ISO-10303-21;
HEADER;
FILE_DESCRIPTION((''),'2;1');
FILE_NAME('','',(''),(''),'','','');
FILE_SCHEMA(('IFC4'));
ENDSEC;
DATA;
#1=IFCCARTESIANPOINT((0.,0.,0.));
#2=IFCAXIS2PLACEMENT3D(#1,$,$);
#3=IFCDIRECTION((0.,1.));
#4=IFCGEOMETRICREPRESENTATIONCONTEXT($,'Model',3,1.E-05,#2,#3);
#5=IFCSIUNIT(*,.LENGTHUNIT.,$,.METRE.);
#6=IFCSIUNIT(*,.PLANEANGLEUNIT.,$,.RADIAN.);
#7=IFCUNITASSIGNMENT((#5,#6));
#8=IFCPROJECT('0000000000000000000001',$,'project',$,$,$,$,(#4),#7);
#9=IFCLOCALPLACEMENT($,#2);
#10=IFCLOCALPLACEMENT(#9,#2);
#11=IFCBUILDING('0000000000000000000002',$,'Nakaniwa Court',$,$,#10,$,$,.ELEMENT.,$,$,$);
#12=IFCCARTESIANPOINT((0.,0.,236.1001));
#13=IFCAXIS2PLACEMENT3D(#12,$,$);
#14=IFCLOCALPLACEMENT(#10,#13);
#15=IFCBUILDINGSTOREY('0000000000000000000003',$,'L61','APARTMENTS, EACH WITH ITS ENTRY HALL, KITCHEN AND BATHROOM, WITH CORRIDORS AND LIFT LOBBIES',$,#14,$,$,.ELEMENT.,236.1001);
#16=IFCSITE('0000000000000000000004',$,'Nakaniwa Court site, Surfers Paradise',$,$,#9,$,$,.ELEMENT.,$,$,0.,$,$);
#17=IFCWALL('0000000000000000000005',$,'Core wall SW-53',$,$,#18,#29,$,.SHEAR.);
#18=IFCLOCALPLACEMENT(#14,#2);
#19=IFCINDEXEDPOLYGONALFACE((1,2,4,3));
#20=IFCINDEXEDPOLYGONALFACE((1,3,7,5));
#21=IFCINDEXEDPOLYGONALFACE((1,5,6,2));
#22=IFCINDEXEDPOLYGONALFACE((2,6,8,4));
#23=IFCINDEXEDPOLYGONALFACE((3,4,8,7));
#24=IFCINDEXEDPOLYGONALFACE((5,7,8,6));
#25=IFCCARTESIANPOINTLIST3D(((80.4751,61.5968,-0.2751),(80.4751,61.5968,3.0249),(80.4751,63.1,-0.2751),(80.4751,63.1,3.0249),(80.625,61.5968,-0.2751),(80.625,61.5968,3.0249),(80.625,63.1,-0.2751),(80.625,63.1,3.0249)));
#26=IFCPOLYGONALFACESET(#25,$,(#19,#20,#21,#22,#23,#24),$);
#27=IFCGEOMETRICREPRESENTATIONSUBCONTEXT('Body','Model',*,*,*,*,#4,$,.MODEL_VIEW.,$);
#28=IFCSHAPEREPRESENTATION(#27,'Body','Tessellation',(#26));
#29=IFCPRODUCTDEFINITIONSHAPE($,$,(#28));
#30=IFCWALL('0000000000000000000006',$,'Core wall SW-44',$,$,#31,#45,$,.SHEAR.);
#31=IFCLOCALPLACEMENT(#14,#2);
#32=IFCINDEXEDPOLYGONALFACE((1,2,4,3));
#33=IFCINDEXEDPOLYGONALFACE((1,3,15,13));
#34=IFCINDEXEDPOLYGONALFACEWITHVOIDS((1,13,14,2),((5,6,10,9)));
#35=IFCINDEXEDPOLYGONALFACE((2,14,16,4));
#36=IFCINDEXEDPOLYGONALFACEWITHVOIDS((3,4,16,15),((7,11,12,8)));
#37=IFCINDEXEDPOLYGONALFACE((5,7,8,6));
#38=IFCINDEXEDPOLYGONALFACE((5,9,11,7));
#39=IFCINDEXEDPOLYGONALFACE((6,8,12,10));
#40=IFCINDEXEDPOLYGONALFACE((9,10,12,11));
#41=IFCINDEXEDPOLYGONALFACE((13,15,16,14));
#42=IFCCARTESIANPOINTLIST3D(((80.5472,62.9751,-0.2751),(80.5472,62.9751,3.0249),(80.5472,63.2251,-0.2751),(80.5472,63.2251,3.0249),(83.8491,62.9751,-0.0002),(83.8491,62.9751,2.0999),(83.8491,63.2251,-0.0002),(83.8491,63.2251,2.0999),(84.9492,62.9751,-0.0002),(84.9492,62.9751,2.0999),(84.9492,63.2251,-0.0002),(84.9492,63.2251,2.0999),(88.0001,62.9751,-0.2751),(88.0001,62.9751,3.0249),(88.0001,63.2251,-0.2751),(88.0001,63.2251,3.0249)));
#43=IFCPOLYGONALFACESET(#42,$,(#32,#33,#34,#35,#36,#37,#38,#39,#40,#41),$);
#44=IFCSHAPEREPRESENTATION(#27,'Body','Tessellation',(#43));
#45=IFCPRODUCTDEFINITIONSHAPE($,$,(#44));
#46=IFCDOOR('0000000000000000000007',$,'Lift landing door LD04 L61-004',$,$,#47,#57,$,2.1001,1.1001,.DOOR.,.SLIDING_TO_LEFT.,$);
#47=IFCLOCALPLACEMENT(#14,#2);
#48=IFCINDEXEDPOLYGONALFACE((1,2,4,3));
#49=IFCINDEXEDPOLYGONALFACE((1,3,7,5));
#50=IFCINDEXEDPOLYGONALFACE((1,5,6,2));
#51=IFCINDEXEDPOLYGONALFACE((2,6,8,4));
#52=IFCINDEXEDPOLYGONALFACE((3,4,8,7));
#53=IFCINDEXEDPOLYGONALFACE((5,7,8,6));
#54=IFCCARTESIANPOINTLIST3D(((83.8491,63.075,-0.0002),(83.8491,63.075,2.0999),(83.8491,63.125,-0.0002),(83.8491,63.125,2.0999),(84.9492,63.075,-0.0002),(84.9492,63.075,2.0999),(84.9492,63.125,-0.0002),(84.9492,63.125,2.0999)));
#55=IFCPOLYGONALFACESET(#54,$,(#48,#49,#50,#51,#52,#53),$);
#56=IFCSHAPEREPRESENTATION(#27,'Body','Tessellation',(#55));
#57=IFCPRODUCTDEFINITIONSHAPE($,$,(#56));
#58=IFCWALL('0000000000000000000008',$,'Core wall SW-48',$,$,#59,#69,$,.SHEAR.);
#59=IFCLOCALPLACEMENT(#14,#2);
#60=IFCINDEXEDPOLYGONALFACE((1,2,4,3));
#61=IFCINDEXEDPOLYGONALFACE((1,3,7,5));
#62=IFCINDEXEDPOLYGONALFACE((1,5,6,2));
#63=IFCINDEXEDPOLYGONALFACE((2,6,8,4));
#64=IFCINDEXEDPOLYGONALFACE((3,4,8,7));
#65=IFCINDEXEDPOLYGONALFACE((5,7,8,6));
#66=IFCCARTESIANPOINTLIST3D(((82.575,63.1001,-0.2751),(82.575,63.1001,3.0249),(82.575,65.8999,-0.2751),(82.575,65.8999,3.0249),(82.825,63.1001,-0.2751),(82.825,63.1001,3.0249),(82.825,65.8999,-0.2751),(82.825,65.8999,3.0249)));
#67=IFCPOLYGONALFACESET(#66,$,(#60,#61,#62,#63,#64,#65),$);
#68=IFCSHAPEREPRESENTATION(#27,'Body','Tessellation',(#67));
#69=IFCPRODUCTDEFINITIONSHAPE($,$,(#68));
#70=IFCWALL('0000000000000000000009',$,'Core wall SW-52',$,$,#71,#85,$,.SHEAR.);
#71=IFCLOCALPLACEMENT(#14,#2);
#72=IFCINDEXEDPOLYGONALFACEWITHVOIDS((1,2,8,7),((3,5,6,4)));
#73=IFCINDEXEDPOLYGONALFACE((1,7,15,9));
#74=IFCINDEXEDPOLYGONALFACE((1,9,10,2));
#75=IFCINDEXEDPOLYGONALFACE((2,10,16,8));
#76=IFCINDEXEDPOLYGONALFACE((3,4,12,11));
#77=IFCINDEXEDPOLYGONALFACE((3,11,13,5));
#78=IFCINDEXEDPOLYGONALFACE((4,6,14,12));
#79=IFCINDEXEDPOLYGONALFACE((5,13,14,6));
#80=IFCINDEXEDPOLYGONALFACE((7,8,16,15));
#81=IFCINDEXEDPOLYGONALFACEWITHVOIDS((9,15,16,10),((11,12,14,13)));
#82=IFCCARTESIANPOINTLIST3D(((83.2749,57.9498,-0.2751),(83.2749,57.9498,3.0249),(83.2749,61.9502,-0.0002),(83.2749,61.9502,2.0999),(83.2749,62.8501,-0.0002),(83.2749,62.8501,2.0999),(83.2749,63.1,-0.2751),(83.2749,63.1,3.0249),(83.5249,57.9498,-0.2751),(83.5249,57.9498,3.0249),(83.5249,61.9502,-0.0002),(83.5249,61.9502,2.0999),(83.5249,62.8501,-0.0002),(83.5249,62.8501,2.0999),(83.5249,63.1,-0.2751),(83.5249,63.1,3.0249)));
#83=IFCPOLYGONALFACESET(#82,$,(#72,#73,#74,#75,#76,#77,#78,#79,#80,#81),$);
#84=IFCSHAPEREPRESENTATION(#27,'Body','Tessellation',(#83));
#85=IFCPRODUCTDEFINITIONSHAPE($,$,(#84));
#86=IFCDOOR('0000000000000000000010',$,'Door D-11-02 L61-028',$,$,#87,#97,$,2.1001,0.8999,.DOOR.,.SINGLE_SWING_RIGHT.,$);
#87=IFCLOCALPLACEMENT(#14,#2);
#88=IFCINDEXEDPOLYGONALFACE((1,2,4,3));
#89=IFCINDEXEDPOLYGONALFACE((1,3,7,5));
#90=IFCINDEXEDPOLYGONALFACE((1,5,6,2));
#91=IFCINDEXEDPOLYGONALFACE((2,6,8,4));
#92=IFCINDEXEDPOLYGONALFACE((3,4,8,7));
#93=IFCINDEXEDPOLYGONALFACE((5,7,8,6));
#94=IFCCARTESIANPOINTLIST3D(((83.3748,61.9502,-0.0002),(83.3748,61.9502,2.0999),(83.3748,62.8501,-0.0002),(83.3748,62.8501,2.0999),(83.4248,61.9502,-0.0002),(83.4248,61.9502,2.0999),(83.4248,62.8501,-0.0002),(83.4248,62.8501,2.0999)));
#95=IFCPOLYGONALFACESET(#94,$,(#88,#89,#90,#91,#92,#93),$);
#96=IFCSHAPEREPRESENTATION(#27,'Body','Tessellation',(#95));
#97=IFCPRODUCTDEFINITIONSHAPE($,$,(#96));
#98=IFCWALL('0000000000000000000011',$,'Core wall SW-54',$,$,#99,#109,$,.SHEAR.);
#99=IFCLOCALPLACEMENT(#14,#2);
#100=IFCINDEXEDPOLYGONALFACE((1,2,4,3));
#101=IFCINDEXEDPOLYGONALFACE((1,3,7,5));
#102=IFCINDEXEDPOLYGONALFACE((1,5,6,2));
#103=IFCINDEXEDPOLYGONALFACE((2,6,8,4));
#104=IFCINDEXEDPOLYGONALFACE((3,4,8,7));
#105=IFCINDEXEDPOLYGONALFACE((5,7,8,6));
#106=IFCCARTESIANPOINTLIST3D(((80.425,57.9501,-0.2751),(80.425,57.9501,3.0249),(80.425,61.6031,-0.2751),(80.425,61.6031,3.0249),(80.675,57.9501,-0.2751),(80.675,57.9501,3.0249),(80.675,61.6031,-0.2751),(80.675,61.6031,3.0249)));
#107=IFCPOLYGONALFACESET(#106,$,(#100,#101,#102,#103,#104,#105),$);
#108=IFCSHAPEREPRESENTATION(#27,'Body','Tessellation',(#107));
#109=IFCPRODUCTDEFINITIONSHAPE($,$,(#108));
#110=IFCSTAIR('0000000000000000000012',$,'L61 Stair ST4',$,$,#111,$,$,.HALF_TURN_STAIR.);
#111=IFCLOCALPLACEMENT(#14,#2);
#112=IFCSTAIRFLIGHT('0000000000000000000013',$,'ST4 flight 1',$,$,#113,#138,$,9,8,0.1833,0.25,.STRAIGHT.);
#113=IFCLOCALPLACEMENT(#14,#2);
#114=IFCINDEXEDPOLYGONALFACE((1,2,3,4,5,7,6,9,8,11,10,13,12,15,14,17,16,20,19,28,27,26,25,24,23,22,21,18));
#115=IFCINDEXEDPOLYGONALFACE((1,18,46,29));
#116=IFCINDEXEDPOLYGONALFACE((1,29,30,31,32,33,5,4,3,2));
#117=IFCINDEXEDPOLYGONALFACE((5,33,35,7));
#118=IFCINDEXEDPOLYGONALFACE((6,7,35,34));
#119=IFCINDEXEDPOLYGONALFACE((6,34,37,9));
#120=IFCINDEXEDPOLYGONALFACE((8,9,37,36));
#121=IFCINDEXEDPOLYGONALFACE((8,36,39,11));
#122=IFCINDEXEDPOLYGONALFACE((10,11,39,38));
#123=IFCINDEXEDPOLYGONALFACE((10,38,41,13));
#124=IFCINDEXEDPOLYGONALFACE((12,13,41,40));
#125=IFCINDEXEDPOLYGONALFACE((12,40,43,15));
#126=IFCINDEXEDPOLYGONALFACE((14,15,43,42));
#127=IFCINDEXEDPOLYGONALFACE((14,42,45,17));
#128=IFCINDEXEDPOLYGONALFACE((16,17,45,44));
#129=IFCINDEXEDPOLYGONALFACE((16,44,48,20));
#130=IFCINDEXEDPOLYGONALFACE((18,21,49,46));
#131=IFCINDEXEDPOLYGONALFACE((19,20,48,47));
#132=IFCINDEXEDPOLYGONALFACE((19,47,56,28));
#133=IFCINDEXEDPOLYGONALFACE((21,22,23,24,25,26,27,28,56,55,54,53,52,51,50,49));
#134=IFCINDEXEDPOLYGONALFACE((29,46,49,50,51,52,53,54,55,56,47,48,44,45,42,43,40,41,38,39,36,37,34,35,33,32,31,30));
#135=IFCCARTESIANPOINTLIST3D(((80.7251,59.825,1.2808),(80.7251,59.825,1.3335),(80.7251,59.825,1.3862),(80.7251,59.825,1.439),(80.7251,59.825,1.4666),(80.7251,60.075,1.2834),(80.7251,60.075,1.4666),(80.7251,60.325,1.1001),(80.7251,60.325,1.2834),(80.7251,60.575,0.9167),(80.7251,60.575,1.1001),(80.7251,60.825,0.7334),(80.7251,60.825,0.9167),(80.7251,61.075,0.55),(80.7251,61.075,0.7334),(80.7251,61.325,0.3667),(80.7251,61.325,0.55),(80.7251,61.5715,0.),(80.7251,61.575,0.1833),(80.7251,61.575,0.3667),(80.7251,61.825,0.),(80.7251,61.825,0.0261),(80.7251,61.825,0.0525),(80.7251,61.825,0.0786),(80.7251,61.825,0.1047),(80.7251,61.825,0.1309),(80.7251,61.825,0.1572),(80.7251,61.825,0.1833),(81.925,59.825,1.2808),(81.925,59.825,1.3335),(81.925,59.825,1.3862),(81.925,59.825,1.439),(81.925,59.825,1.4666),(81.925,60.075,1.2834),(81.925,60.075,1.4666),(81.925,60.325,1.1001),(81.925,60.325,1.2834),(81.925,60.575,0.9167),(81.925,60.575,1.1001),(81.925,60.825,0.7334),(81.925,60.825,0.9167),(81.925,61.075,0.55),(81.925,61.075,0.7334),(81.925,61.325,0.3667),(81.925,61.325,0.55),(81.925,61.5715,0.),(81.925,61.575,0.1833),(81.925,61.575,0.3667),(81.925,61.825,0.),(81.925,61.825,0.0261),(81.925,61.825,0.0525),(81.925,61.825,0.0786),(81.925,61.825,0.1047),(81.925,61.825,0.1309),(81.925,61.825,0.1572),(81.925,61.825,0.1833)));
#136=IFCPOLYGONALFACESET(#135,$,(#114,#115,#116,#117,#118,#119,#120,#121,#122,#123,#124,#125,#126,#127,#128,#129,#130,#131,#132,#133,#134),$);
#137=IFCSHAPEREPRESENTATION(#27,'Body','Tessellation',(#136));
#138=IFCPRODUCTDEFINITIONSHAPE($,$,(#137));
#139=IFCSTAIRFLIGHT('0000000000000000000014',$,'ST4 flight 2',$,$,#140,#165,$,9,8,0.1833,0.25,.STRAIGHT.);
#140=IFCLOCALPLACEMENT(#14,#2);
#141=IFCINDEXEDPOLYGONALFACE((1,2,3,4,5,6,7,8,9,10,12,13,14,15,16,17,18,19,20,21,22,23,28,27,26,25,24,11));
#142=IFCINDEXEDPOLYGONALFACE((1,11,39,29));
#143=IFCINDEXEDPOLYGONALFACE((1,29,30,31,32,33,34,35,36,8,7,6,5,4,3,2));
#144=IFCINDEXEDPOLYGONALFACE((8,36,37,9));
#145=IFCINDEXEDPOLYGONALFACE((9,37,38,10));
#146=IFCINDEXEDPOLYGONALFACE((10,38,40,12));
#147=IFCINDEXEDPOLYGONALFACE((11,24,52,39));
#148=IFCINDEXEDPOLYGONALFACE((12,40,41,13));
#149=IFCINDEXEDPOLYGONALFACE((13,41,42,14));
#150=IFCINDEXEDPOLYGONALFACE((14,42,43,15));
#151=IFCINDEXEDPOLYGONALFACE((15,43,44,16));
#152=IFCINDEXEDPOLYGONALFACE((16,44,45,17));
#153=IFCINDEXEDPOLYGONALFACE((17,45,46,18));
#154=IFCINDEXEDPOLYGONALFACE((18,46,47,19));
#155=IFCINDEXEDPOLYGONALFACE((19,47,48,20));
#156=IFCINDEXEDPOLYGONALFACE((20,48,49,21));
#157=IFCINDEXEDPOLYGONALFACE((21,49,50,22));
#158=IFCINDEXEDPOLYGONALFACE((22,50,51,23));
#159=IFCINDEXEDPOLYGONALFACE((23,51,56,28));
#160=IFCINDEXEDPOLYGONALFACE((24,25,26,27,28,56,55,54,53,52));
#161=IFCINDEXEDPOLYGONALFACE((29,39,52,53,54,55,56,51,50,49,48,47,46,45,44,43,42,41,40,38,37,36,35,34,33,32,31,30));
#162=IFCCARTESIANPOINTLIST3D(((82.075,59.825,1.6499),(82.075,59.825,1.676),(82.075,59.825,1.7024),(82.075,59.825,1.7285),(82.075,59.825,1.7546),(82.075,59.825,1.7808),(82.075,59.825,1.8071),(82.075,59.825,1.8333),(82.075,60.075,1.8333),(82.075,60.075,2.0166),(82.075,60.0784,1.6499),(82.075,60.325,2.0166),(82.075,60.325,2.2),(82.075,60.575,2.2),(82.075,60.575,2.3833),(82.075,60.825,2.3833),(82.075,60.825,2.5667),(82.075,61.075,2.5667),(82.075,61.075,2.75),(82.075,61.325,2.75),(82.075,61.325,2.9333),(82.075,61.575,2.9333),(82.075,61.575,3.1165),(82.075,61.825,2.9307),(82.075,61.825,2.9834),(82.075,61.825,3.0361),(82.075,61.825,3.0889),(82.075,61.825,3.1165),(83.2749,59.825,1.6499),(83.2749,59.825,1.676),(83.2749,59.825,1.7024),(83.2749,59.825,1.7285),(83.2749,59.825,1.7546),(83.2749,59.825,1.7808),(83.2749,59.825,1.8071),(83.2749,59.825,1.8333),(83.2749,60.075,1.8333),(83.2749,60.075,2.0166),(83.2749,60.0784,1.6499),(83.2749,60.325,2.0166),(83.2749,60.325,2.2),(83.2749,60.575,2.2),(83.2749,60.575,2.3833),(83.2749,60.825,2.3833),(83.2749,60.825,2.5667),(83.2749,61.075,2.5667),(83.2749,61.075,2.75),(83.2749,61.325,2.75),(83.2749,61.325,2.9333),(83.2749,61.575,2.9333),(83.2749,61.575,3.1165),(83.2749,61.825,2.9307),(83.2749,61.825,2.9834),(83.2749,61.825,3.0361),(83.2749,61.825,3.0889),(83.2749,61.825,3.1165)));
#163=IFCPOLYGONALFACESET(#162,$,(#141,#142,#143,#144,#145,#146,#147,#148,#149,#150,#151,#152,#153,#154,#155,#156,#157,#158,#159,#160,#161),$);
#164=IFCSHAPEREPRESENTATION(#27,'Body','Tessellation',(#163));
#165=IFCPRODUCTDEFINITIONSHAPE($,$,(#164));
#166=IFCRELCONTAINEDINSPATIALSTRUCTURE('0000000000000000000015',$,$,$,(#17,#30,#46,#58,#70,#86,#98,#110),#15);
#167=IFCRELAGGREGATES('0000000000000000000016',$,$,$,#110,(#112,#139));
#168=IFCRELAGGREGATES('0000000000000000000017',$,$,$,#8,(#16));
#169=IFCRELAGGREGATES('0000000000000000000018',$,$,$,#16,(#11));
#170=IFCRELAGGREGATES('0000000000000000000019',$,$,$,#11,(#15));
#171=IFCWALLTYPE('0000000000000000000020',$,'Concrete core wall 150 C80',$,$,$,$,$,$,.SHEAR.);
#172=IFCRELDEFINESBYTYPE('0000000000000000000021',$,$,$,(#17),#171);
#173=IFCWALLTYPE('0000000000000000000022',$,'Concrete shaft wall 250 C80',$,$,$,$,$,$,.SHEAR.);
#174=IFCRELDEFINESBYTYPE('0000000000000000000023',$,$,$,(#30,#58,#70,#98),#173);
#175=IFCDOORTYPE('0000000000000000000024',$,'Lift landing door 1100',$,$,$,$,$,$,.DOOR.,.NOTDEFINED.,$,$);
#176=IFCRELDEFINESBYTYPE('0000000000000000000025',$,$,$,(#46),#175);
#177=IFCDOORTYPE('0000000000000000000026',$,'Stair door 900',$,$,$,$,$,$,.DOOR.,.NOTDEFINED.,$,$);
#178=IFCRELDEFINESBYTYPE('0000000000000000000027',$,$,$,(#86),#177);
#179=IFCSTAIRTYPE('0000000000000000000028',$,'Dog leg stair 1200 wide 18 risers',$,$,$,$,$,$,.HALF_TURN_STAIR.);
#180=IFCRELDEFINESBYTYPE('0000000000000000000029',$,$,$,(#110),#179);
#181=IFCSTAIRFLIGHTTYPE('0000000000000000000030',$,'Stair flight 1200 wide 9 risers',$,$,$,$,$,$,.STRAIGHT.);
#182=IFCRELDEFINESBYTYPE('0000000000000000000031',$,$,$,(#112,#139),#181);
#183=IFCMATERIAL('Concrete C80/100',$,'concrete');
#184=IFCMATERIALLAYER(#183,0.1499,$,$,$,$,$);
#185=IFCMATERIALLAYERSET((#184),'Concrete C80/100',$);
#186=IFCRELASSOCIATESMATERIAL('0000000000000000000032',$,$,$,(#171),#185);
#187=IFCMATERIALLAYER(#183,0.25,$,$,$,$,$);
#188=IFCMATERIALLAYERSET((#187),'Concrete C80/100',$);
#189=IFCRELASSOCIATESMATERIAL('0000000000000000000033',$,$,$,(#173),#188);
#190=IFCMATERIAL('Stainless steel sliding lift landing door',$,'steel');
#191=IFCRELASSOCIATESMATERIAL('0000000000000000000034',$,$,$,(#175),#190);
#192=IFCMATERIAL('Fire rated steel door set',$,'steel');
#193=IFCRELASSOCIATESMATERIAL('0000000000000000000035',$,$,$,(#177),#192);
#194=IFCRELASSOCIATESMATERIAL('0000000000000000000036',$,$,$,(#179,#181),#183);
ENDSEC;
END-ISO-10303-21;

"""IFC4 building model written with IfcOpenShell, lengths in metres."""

from ifc_helpers import new_model, si_unit, direction, frame, frame_2d, origin, place, context, subcontext, project, spatial, polyline, rectangle, outline, extrude, material, layer, layer_set, type_object, element, fill, aggregate, save


model = new_model("IFC4")

# Units and contexts
model_context = context("Model", 3, precision=1e-05, world=origin(), true_north=direction((0.0, 1.0)))
body_context = subcontext(model_context, "Body", "Model", "MODEL_VIEW")
ifc_project = project(units=[si_unit("LENGTHUNIT", "METRE"), si_unit("PLANEANGLEUNIT", "RADIAN")], contexts=[model_context])

# Site, building, storey
site_placement = place(None, origin())
site = spatial("IfcSite", under=ifc_project, at=site_placement, Name="Nakaniwa Court site, Surfers Paradise", CompositionType="ELEMENT", RefElevation=0.0)
building_placement = place(site_placement, origin())
building = spatial("IfcBuilding", under=site, at=building_placement, Name="Nakaniwa Court", CompositionType="ELEMENT")
storey_placement = place(building_placement, frame((0.0, 0.0, 236.1001)))
storey = spatial("IfcBuildingStorey", under=building, at=storey_placement, Name="L61", Description="APARTMENTS, EACH WITH ITS ENTRY HALL, KITCHEN AND BATHROOM, WITH CORRIDORS AND LIFT LOBBIES", CompositionType="ELEMENT", Elevation=236.1001)

# Shared definitions
ifc_material_1 = material(Name="Concrete C80/100", Category="concrete")

# Shared definitions
ifc_material_2 = material(Name="Fire rated steel door set", Category="steel")

# Wall
ifc_layer_1 = layer(ifc_material_1, 0.1499)
ifc_layer_set_1 = layer_set([ifc_layer_1], Name="Concrete C80/100")
wall_type_1 = type_object("IfcWallType", Name="Concrete core wall 150 C80", PredefinedType="SHEAR", material=ifc_layer_set_1)
wall_1_placement = place(storey_placement, frame((80.55, 61.5969, -0.2751), z_axis=(0.0, 0.0, 1.0), x_axis=(0.0, 1.0, 0.0)))
element("IfcWall", 1, at=wall_1_placement, inside=storey, type_object=wall_type_1, Name="Core wall SW-53", PredefinedType="SHEAR", context=body_context, shape_type="SweptSolid", body=[
    extrude(rectangle(XDim=1.5032, YDim=0.1499, at=frame_2d((0.7515, 0.0))), origin(), (0.0, 0.0, 1.0), 3.3),
])

# Wall, opening, door
ifc_layer_2 = layer(ifc_material_1, 0.25)
ifc_layer_set_2 = layer_set([ifc_layer_2], Name="Concrete C80/100")
wall_type_2 = type_object("IfcWallType", Name="Concrete shaft wall 250 C80", PredefinedType="SHEAR", material=ifc_layer_set_2)
wall_2_placement = place(storey_placement, frame((80.5471, 63.1001, -0.2751), z_axis=(0.0, 0.0, 1.0), x_axis=(1.0, 0.0, 0.0)))
wall_2 = element("IfcWall", 2, at=wall_2_placement, inside=storey, type_object=wall_type_2, Name="Core wall SW-44", PredefinedType="SHEAR", context=body_context, shape_type="SweptSolid", body=[
    extrude(rectangle(XDim=7.4529, YDim=0.25, at=frame_2d((3.7266, 0.0))), origin(), (0.0, 0.0, 1.0), 3.3),
])
opening_1_placement = place(wall_2_placement, frame((3.302, 0.0, 0.2749)))
opening_1 = element("IfcOpeningElement", 3, at=opening_1_placement, cuts=wall_2, PredefinedType="OPENING", context=body_context, shape_type="SweptSolid", body=[
    extrude(rectangle(XDim=1.1001, YDim=2.1001, at=frame_2d((0.55, 1.05))), frame((0.0, 0.135, 0.0), z_axis=(0.0, -1.0, 0.0), x_axis=(1.0, 0.0, 0.0)), (0.0, 0.0, 1.0), 0.27),
])
ifc_material_3 = material(Name="Stainless steel sliding lift landing door", Category="steel")
door_type_1 = type_object("IfcDoorType", Name="Lift landing door 1100", OperationType="NOTDEFINED", PredefinedType="DOOR", material=ifc_material_3)
door_1_placement = place(opening_1_placement, origin())
door_1 = element("IfcDoor", 4, at=door_1_placement, inside=storey, type_object=door_type_1, Name="Lift landing door LD04 L61-004", OperationType="SLIDING_TO_LEFT", OverallHeight=2.1001, OverallWidth=1.1001, PredefinedType="DOOR", context=body_context, shape_type="SweptSolid", body=[
    extrude(rectangle(XDim=1.1001, YDim=2.1001, at=frame_2d((0.55, 1.05))), frame((0.0, 0.0249, 0.0), z_axis=(0.0, -1.0, 0.0), x_axis=(1.0, 0.0, 0.0)), (0.0, 0.0, 1.0), 0.05),
])
fill(opening_1, door_1)

# Wall
wall_3_placement = place(storey_placement, frame((82.7, 63.1001, -0.2751), z_axis=(0.0, 0.0, 1.0), x_axis=(0.0, 1.0, 0.0)))
element("IfcWall", 5, at=wall_3_placement, inside=storey, type_object=wall_type_2, Name="Core wall SW-48", PredefinedType="SHEAR", context=body_context, shape_type="SweptSolid", body=[
    extrude(rectangle(XDim=2.7998, YDim=0.25, at=frame_2d((1.3999, 0.0))), origin(), (0.0, 0.0, 1.0), 3.3),
])

# Wall, opening, door
wall_4_placement = place(storey_placement, frame((83.3999, 63.1001, -0.2751), z_axis=(0.0, 0.0, 1.0), x_axis=(0.0, -1.0, 0.0)))
wall_4 = element("IfcWall", 6, at=wall_4_placement, inside=storey, type_object=wall_type_2, Name="Core wall SW-52", PredefinedType="SHEAR", context=body_context, shape_type="SweptSolid", body=[
    extrude(rectangle(XDim=5.1501, YDim=0.25, at=frame_2d((2.5752, 0.0))), origin(), (0.0, 0.0, 1.0), 3.3),
])
opening_2_placement = place(wall_4_placement, frame((0.25, 0.0, 0.2749)))
opening_2 = element("IfcOpeningElement", 7, at=opening_2_placement, cuts=wall_4, PredefinedType="OPENING", context=body_context, shape_type="SweptSolid", body=[
    extrude(rectangle(XDim=0.8999, YDim=2.1001, at=frame_2d((0.45, 1.05))), frame((0.0, 0.135, 0.0), z_axis=(0.0, -1.0, 0.0), x_axis=(1.0, 0.0, 0.0)), (0.0, 0.0, 1.0), 0.27),
])
door_type_2 = type_object("IfcDoorType", Name="Stair door 900", OperationType="NOTDEFINED", PredefinedType="DOOR", material=ifc_material_2)
door_2_placement = place(opening_2_placement, origin())
door_2 = element("IfcDoor", 8, at=door_2_placement, inside=storey, type_object=door_type_2, Name="Door D-11-02 L61-028", OperationType="SINGLE_SWING_RIGHT", OverallHeight=2.1001, OverallWidth=0.8999, PredefinedType="DOOR", context=body_context, shape_type="SweptSolid", body=[
    extrude(rectangle(XDim=0.8999, YDim=2.1001, at=frame_2d((0.45, 1.05))), frame((0.0, 0.0249, 0.0), z_axis=(0.0, -1.0, 0.0), x_axis=(1.0, 0.0, 0.0)), (0.0, 0.0, 1.0), 0.05),
])
fill(opening_2, door_2)

# Wall
wall_5_placement = place(storey_placement, frame((80.55, 57.95, -0.2751), z_axis=(0.0, 0.0, 1.0), x_axis=(0.0, 1.0, 0.0)))
element("IfcWall", 9, at=wall_5_placement, inside=storey, type_object=wall_type_2, Name="Core wall SW-54", PredefinedType="SHEAR", context=body_context, shape_type="SweptSolid", body=[
    extrude(rectangle(XDim=3.6531, YDim=0.25, at=frame_2d((1.8267, 0.0))), origin(), (0.0, 0.0, 1.0), 3.3),
])

# Stair, stair flights
stair_type = type_object("IfcStairType", Name="Dog leg stair 1200 wide 18 risers", PredefinedType="HALF_TURN_STAIR", material=ifc_material_1)
stair_placement = place(storey_placement, origin())
stair = element("IfcStair", 10, at=stair_placement, inside=storey, type_object=stair_type, Name="L61 Stair ST4", PredefinedType="HALF_TURN_STAIR")
stair_flight_type = type_object("IfcStairFlightType", Name="Stair flight 1200 wide 9 risers", PredefinedType="STRAIGHT", material=ifc_material_1)
stair_flight_1_placement = place(storey_placement, frame((81.325, 61.825, 0.0), z_axis=(0.0, 0.0, 1.0), x_axis=(0.0, -1.0, 0.0)))
stair_flight_1 = element("IfcStairFlight", 11, at=stair_flight_1_placement, type_object=stair_flight_type, Name="ST4 flight 1", NumberOfRisers=9, NumberOfTreads=8, PredefinedType="STRAIGHT", RiserHeight=0.1833, TreadLength=0.25, context=body_context, shape_type="SweptSolid", body=[
    extrude(outline(polyline([(0.0, 0.0), (0.0, 0.0261), (0.0, 0.0525), (0.0, 0.0786), (0.0, 0.1047), (0.0, 0.1309), (0.0, 0.1572), (0.0, 0.1833), (0.25, 0.1833), (0.25, 0.3667), (0.5, 0.3667), (0.5, 0.55), (0.75, 0.55), (0.75, 0.7334), (1.0, 0.7334), (1.0, 0.9167), (1.25, 0.9167), (1.25, 1.1001), (1.5, 1.1001), (1.5, 1.2834), (1.75, 1.2834), (1.75, 1.4666), (2.0, 1.4666), (2.0, 1.6499), (2.0, 1.5972), (2.0, 1.5444), (2.0, 1.4917), (2.0, 1.439), (2.0, 1.3862), (2.0, 1.3335), (2.0, 1.2808), (0.2534, 0.0), (0.0, 0.0)])), frame((0.0, 0.6001, 0.0), z_axis=(0.0, -1.0, 0.0), x_axis=(1.0, 0.0, 0.0)), (0.0, 0.0, 1.0), 1.2),
])
stair_flight_2_placement = place(storey_placement, frame((82.675, 59.825, 1.6499), z_axis=(0.0, 0.0, 1.0), x_axis=(0.0, 1.0, 0.0)))
stair_flight_2 = element("IfcStairFlight", 12, at=stair_flight_2_placement, type_object=stair_flight_type, Name="ST4 flight 2", NumberOfRisers=9, NumberOfTreads=8, PredefinedType="STRAIGHT", RiserHeight=0.1833, TreadLength=0.25, context=body_context, shape_type="SweptSolid", body=[
    extrude(outline(polyline([(0.0, 0.0), (0.0, 0.0261), (0.0, 0.0525), (0.0, 0.0786), (0.0, 0.1047), (0.0, 0.1309), (0.0, 0.1572), (0.0, 0.1833), (0.25, 0.1833), (0.25, 0.3667), (0.5, 0.3667), (0.5, 0.55), (0.75, 0.55), (0.75, 0.7334), (1.0, 0.7334), (1.0, 0.9167), (1.25, 0.9167), (1.25, 1.1001), (1.5, 1.1001), (1.5, 1.2834), (1.75, 1.2834), (1.75, 1.4666), (2.0, 1.4666), (2.0, 1.6499), (2.0, 1.5972), (2.0, 1.5444), (2.0, 1.4917), (2.0, 1.439), (2.0, 1.3862), (2.0, 1.3335), (2.0, 1.2808), (0.2534, 0.0), (0.0, 0.0)])), frame((0.0, 0.6001, 0.0), z_axis=(0.0, -1.0, 0.0), x_axis=(1.0, 0.0, 0.0)), (0.0, 0.0, 1.0), 1.2),
])
aggregate(stair, [stair_flight_1, stair_flight_2])

save(model, "model.ifc")
